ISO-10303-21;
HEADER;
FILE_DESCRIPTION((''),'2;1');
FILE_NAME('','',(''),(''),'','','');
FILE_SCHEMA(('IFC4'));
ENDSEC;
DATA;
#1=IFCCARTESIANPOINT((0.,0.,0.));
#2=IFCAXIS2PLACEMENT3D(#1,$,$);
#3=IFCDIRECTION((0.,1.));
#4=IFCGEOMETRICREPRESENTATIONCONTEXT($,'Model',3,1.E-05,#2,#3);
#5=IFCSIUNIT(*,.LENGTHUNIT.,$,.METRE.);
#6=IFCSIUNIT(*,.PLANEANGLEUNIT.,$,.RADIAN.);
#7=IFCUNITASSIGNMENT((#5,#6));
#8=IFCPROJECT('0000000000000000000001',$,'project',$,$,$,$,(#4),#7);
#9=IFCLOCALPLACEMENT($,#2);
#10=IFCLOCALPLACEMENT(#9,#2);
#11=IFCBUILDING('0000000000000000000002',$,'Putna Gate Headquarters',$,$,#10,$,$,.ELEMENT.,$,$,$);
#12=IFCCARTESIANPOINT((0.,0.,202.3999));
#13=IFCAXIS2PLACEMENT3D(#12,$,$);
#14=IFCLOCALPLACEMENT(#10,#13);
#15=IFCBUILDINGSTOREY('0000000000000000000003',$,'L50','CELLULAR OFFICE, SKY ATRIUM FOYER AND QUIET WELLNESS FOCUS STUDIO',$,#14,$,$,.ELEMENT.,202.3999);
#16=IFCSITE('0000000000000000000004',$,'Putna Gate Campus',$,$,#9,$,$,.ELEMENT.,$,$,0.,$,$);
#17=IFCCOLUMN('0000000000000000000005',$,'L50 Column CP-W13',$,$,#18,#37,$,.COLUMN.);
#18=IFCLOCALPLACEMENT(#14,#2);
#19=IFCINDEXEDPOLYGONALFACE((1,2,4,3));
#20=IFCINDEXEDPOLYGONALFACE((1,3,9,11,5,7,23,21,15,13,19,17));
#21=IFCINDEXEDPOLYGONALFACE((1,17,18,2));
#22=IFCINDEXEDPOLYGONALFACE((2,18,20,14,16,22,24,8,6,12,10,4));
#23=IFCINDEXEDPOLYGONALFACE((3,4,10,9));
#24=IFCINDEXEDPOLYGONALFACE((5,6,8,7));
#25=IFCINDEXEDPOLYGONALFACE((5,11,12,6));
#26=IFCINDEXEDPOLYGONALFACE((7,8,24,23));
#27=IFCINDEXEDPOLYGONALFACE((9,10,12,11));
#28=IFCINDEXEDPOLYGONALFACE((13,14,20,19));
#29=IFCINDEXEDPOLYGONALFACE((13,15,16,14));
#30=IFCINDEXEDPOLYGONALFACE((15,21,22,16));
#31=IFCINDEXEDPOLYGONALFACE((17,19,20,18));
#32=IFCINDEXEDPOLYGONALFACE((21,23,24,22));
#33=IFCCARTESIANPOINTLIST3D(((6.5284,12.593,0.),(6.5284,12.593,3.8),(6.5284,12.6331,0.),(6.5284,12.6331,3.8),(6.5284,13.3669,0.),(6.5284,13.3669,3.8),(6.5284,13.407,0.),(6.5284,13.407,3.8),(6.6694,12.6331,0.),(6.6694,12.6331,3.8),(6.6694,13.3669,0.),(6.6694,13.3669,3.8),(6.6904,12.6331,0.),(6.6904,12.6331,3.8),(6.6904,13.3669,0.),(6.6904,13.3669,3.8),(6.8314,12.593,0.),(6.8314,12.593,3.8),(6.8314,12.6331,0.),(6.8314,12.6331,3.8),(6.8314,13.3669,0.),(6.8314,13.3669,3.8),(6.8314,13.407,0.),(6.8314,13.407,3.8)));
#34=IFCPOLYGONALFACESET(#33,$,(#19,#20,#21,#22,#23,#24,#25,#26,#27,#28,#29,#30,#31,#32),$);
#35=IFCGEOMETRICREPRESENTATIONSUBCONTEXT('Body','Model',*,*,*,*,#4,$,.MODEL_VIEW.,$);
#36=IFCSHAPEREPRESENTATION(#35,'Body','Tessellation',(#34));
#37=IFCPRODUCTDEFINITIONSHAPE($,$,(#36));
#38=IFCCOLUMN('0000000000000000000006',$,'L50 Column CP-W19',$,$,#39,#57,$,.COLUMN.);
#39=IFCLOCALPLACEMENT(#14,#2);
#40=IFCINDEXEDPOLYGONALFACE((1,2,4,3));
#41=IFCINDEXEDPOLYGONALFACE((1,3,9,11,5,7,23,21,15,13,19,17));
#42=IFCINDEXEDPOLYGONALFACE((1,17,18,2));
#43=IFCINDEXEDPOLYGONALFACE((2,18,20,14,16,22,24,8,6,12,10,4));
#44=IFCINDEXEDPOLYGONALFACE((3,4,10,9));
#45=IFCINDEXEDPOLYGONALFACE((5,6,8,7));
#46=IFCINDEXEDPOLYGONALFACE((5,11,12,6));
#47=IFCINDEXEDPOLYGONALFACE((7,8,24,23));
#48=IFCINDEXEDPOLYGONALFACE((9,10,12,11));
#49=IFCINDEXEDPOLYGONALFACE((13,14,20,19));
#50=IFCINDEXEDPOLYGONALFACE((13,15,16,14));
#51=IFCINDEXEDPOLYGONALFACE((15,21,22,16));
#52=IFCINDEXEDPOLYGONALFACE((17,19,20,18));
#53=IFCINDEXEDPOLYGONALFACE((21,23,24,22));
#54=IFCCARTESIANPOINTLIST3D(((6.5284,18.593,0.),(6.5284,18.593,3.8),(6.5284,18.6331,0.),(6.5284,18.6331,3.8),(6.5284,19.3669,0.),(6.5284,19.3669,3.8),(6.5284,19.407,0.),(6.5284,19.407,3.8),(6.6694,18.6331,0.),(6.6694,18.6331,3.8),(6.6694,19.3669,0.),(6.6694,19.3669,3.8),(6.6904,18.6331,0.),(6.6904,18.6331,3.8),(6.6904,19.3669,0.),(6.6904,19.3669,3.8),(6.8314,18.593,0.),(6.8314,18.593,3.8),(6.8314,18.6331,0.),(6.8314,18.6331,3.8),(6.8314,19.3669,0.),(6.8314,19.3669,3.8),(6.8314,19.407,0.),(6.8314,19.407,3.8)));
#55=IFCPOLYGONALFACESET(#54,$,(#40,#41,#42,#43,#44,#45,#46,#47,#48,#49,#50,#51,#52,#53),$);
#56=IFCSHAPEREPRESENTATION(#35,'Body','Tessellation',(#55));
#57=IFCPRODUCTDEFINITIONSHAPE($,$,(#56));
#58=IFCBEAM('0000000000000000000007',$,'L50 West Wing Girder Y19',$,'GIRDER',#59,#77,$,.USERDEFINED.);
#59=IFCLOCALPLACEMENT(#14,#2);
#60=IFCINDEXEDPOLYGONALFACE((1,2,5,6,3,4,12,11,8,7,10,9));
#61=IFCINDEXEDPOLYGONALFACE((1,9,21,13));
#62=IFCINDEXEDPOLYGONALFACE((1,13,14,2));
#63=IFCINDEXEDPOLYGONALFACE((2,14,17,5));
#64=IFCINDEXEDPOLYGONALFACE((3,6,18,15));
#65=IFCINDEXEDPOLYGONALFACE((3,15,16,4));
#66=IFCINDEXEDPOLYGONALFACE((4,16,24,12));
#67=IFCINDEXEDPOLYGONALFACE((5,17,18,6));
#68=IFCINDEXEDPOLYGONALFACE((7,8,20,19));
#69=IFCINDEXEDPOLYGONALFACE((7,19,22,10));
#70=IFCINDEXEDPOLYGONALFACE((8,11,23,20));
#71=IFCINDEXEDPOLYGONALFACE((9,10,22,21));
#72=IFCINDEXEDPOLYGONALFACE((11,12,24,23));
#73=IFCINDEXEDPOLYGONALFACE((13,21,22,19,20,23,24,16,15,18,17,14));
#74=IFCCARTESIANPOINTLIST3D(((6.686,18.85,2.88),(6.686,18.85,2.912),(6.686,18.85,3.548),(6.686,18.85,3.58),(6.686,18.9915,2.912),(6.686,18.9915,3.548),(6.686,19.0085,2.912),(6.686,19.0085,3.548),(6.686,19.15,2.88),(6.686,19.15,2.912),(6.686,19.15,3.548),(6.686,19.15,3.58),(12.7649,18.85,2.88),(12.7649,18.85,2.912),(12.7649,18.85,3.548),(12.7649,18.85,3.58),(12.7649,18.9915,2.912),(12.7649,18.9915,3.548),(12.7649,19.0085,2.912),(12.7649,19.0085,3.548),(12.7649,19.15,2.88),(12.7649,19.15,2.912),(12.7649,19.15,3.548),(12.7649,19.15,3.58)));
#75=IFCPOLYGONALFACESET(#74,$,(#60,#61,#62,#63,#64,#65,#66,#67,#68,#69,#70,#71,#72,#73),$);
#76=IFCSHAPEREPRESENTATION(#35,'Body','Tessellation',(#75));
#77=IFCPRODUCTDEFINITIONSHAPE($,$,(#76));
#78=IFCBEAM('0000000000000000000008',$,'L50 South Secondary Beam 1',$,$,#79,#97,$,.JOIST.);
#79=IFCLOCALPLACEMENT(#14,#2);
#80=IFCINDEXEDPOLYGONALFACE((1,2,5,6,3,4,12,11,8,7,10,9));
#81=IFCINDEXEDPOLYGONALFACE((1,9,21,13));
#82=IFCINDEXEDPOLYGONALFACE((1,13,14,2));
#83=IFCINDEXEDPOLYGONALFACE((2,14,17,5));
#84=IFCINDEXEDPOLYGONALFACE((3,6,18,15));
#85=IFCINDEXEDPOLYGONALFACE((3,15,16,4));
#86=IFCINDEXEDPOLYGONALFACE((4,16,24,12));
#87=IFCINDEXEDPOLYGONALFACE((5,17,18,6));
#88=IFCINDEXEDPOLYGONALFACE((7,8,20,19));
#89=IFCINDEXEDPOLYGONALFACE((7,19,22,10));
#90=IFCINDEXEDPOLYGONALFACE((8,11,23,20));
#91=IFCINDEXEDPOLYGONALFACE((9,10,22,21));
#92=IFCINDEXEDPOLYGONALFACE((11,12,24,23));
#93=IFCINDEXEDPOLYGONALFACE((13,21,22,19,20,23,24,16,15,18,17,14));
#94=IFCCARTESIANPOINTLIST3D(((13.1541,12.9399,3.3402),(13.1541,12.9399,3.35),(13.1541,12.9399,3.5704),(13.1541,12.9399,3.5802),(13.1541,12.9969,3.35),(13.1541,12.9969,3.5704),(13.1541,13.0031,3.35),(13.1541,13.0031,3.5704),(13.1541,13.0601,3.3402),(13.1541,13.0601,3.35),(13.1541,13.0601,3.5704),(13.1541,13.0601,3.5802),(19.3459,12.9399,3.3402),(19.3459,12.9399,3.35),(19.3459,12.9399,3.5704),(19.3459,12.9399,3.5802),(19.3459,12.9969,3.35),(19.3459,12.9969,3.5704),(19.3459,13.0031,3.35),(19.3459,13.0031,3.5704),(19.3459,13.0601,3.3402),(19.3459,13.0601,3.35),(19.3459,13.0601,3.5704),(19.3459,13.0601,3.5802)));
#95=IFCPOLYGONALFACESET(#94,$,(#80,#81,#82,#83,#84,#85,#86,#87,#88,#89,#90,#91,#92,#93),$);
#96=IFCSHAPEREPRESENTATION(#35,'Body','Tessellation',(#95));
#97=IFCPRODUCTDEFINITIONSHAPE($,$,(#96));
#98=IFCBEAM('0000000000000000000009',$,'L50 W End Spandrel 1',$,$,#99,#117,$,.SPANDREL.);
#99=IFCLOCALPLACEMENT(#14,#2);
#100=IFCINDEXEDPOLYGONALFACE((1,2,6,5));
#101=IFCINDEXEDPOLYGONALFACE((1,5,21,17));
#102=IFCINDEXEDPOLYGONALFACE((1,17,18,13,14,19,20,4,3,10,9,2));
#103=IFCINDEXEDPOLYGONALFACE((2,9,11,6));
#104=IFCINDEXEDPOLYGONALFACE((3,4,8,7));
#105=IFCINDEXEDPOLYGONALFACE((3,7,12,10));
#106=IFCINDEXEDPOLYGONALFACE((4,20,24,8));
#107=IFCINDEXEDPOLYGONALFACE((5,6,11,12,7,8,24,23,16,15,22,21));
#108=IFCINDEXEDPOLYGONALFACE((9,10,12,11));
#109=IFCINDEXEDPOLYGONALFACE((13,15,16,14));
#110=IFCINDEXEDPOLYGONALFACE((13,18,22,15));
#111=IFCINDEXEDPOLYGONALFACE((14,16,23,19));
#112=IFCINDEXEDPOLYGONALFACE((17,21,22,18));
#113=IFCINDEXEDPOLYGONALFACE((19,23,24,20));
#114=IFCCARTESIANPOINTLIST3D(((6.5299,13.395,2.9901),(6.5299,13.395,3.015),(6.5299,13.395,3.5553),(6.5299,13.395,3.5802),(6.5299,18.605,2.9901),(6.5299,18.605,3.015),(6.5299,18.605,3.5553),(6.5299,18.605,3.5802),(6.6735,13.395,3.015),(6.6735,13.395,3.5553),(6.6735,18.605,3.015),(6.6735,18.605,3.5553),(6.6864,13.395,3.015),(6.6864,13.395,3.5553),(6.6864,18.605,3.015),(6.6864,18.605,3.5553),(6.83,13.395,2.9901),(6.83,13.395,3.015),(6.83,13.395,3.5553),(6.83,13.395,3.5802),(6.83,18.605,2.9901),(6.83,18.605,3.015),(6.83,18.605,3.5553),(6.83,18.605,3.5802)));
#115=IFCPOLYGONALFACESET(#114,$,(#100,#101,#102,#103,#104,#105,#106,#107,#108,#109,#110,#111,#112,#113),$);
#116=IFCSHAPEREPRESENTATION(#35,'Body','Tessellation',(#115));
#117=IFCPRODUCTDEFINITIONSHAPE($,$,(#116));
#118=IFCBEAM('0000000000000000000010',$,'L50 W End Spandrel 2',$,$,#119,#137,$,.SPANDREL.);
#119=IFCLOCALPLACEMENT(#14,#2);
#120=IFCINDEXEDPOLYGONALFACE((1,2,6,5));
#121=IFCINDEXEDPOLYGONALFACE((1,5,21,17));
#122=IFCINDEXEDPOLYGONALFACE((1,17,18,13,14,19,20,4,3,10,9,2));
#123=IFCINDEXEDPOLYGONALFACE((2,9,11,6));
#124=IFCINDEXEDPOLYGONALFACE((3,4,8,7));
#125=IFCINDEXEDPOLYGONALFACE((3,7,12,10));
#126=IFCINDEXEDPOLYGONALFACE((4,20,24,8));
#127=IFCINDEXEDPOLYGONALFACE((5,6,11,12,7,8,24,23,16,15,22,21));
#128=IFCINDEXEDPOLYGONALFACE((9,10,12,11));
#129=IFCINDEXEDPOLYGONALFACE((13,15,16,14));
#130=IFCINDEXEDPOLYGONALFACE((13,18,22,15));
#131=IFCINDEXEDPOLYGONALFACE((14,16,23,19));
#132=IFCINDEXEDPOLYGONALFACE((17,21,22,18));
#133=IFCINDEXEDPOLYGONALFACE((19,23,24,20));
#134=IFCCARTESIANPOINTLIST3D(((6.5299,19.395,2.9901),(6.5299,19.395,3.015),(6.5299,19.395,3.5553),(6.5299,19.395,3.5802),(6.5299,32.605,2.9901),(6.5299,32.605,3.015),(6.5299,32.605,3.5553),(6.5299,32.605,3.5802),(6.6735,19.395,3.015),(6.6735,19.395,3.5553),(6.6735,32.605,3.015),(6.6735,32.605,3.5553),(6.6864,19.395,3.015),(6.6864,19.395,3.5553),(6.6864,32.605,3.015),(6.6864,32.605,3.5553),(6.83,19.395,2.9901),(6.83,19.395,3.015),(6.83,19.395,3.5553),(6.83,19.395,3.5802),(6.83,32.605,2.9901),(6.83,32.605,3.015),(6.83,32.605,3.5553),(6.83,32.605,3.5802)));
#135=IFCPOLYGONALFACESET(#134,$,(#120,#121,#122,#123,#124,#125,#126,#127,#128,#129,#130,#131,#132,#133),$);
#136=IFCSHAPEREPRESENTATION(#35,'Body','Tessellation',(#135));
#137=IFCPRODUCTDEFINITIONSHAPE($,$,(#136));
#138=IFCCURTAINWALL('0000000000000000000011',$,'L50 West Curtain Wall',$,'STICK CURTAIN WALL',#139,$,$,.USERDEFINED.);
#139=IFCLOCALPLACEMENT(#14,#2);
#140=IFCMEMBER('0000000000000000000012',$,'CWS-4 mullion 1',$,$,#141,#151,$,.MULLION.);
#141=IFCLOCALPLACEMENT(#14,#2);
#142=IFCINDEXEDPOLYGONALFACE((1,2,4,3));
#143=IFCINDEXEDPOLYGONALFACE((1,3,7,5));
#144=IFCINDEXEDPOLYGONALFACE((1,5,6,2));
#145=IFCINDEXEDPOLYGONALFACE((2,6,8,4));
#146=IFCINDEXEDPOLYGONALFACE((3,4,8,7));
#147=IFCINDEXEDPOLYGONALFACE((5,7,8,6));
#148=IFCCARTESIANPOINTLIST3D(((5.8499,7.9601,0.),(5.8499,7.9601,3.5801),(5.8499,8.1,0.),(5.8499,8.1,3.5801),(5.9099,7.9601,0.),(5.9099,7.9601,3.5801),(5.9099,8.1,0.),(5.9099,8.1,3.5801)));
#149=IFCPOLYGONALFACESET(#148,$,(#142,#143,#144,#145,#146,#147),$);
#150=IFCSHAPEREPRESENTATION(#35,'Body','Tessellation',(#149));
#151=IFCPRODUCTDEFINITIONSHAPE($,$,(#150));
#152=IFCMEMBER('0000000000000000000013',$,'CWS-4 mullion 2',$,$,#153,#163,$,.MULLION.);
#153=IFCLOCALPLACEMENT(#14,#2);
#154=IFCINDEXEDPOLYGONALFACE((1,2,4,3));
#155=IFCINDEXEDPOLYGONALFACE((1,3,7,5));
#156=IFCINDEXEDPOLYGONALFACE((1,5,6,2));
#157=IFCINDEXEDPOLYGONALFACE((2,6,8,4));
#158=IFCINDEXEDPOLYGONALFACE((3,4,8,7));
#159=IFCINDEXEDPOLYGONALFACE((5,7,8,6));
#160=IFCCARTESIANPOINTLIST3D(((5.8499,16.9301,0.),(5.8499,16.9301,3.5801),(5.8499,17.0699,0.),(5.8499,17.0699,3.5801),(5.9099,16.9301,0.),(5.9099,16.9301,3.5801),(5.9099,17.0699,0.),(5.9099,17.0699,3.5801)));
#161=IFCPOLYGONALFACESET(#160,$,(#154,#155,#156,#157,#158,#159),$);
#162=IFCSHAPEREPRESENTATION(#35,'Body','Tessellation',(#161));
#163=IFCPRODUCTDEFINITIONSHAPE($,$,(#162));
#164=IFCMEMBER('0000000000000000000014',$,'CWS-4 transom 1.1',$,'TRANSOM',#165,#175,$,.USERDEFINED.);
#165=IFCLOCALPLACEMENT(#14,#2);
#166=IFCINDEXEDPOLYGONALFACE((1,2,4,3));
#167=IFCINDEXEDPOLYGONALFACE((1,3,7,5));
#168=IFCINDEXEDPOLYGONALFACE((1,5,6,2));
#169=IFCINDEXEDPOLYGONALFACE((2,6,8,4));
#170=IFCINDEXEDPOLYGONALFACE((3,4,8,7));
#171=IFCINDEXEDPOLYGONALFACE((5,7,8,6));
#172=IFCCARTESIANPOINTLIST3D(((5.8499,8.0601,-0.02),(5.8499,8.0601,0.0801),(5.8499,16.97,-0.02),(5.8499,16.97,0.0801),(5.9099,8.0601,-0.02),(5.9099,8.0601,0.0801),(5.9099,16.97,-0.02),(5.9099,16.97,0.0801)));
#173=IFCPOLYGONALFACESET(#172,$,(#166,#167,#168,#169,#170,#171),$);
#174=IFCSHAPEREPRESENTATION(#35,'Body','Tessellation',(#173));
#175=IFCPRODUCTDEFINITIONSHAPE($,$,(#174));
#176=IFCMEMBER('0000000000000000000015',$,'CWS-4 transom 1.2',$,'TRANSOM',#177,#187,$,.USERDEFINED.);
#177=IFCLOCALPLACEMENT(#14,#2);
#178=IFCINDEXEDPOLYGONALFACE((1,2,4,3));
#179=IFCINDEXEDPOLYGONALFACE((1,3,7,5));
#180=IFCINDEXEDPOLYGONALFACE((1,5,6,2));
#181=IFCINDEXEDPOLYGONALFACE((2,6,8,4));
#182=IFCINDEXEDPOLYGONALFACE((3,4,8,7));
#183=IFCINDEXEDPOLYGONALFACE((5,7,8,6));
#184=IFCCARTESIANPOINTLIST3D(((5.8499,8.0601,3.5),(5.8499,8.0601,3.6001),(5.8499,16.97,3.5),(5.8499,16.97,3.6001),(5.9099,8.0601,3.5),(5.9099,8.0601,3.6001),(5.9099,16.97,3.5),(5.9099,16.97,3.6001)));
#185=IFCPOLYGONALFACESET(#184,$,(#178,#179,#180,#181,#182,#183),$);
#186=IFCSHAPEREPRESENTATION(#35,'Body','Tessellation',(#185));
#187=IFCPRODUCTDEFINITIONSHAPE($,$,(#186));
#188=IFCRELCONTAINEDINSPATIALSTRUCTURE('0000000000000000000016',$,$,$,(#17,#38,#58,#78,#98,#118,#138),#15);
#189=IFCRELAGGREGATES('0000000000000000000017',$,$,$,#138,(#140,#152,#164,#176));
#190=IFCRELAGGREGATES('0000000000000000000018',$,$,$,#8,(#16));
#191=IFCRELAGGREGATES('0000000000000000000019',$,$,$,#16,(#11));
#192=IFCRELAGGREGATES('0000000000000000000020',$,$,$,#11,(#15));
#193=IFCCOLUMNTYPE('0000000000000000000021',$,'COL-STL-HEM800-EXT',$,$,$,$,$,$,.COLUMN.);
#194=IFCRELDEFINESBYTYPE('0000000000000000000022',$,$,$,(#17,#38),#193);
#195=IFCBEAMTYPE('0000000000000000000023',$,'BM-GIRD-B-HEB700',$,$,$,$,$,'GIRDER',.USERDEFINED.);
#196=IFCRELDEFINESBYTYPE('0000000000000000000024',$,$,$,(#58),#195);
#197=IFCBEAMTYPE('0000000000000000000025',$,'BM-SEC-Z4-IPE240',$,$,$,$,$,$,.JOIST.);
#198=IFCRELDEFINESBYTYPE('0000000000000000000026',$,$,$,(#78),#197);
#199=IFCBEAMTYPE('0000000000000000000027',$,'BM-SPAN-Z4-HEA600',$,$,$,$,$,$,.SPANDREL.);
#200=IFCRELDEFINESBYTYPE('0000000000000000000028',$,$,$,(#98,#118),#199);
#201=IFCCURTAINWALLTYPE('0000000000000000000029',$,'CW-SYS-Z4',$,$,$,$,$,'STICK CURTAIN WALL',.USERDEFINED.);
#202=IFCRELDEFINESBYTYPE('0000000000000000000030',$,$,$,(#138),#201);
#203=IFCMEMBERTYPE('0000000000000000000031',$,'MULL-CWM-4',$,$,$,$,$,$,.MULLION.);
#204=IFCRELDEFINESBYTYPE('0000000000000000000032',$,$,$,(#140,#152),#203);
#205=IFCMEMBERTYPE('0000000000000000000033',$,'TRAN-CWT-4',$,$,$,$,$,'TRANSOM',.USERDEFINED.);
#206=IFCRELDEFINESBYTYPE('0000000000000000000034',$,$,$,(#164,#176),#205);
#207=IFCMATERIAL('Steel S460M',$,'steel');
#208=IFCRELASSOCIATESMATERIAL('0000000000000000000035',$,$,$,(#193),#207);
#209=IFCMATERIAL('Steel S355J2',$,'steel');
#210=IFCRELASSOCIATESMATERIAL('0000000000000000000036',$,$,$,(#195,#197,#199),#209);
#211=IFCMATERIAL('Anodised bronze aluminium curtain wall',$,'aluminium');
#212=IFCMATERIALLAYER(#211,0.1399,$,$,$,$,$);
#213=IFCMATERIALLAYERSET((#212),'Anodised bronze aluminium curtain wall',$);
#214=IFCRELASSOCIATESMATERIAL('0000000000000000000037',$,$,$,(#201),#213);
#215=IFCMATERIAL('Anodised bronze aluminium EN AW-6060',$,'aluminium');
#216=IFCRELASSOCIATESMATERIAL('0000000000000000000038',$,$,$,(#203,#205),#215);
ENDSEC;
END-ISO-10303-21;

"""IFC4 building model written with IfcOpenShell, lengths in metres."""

from ifc_helpers import new_model, si_unit, direction, frame, origin, origin_2d, place, context, subcontext, project, spatial, rectangle, i_section, extrude, material, layer, layer_set, material_profile, profile_set, type_object, element, aggregate, save


model = new_model("IFC4")

# Units and contexts
model_context = context("Model", 3, precision=1e-05, world=origin(), true_north=direction((0.0, 1.0)))
body_context = subcontext(model_context, "Body", "Model", "MODEL_VIEW")
ifc_project = project(units=[si_unit("LENGTHUNIT", "METRE"), si_unit("PLANEANGLEUNIT", "RADIAN")], contexts=[model_context])

# Site, building, storey
site_placement = place(None, origin())
site = spatial("IfcSite", under=ifc_project, at=site_placement, Name="Putna Gate Campus", CompositionType="ELEMENT", RefElevation=0.0)
building_placement = place(site_placement, origin())
building = spatial("IfcBuilding", under=site, at=building_placement, Name="Putna Gate Headquarters", CompositionType="ELEMENT")
storey_placement = place(building_placement, frame((0.0, 0.0, 202.3999)))
storey = spatial("IfcBuildingStorey", under=building, at=storey_placement, Name="L50", Description="CELLULAR OFFICE, SKY ATRIUM FOYER AND QUIET WELLNESS FOCUS STUDIO", CompositionType="ELEMENT", Elevation=202.3999)

# Columns
ifc_material_1 = material(Name="Steel S460M", Category="steel")
ifc_material_profile_1 = material_profile(ifc_material_1, i_section(OverallWidth=0.303, OverallDepth=0.814, WebThickness=0.021, FlangeThickness=0.04, at=origin_2d()), Name="Steel S460M")
ifc_profile_set_1 = profile_set([ifc_material_profile_1], Name="Steel S460M")
column_type = type_object("IfcColumnType", Name="COL-STL-HEM800-EXT", PredefinedType="COLUMN", material=ifc_profile_set_1)
for number, where, z_axis, x_axis, name in (
    (1, (6.6799, 13.0, 0.0), (0.0, 0.0, 1.0), (1.0, 0.0, 0.0), "L50 Column CP-W13"),
    (2, (6.6799, 19.0, 0.0), (0.0, 0.0, 1.0), (1.0, 0.0, 0.0), "L50 Column CP-W19"),
):
    element("IfcColumn", number, at=place(storey_placement, frame(where, z_axis=z_axis, x_axis=x_axis)), inside=storey, type_object=column_type, Name=name, PredefinedType="COLUMN", context=body_context, shape_type="SweptSolid", body=[
        extrude(i_section(OverallWidth=0.303, OverallDepth=0.814, WebThickness=0.021, FlangeThickness=0.04, at=origin_2d()), origin(), (0.0, 0.0, 1.0), 3.8),
    ])

# Beams
ifc_material_2 = material(Name="Steel S355J2", Category="steel")
ifc_material_profile_2 = material_profile(ifc_material_2, i_section(OverallWidth=0.3, OverallDepth=0.7, WebThickness=0.0171, FlangeThickness=0.032, at=origin_2d()), Name="Steel S355J2")
ifc_profile_set_2 = profile_set([ifc_material_profile_2], Name="Steel S355J2")
beam_type_1 = type_object("IfcBeamType", Name="BM-GIRD-B-HEB700", ElementType="GIRDER", PredefinedType="USERDEFINED", material=ifc_profile_set_2)
beam_1_placement = place(storey_placement, frame((6.686, 19.0, 3.23), z_axis=(1.0, 0.0, 0.0), x_axis=(0.0, 1.0, 0.0)))
element("IfcBeam", 3, at=beam_1_placement, inside=storey, type_object=beam_type_1, Name="L50 West Wing Girder Y19", ObjectType="GIRDER", PredefinedType="USERDEFINED", context=body_context, shape_type="SweptSolid", body=[
    extrude(i_section(OverallWidth=0.3, OverallDepth=0.7, WebThickness=0.0171, FlangeThickness=0.032, at=origin_2d()), origin(), (0.0, 0.0, 1.0), 6.0789),
])
ifc_material_profile_3 = material_profile(ifc_material_2, i_section(OverallWidth=0.1201, OverallDepth=0.24, WebThickness=0.0061, FlangeThickness=0.0098, at=origin_2d()), Name="Steel S355J2")
ifc_profile_set_3 = profile_set([ifc_material_profile_3], Name="Steel S355J2")
beam_type_2 = type_object("IfcBeamType", Name="BM-SEC-Z4-IPE240", PredefinedType="JOIST", material=ifc_profile_set_3)
beam_2_placement = place(storey_placement, frame((13.1541, 13.0, 3.4602), z_axis=(1.0, 0.0, 0.0), x_axis=(0.0, 1.0, 0.0)))
element("IfcBeam", 4, at=beam_2_placement, inside=storey, type_object=beam_type_2, Name="L50 South Secondary Beam 1", PredefinedType="JOIST", context=body_context, shape_type="SweptSolid", body=[
    extrude(i_section(OverallWidth=0.1201, OverallDepth=0.24, WebThickness=0.0061, FlangeThickness=0.0098, at=origin_2d()), origin(), (0.0, 0.0, 1.0), 6.1919),
])
ifc_material_profile_4 = material_profile(ifc_material_2, i_section(OverallWidth=0.3, OverallDepth=0.5901, WebThickness=0.0129, FlangeThickness=0.0249, at=origin_2d()), Name="Steel S355J2")
ifc_profile_set_4 = profile_set([ifc_material_profile_4], Name="Steel S355J2")
beam_type_3 = type_object("IfcBeamType", Name="BM-SPAN-Z4-HEA600", PredefinedType="SPANDREL", material=ifc_profile_set_4)
beam_3_placement = place(storey_placement, frame((6.6799, 13.395, 3.2852), z_axis=(0.0, 1.0, 0.0), x_axis=(-1.0, 0.0, 0.0)))
element("IfcBeam", 5, at=beam_3_placement, inside=storey, type_object=beam_type_3, Name="L50 W End Spandrel 1", PredefinedType="SPANDREL", context=body_context, shape_type="SweptSolid", body=[
    extrude(i_section(OverallWidth=0.3, OverallDepth=0.5901, WebThickness=0.0129, FlangeThickness=0.0249, at=origin_2d()), origin(), (0.0, 0.0, 1.0), 5.21),
])
beam_4_placement = place(storey_placement, frame((6.6799, 19.395, 3.2852), z_axis=(0.0, 1.0, 0.0), x_axis=(-1.0, 0.0, 0.0)))
element("IfcBeam", 6, at=beam_4_placement, inside=storey, type_object=beam_type_3, Name="L50 W End Spandrel 2", PredefinedType="SPANDREL", context=body_context, shape_type="SweptSolid", body=[
    extrude(i_section(OverallWidth=0.3, OverallDepth=0.5901, WebThickness=0.0129, FlangeThickness=0.0249, at=origin_2d()), origin(), (0.0, 0.0, 1.0), 13.21),
])

# Curtain wall, members
ifc_material_3 = material(Name="Anodised bronze aluminium curtain wall", Category="aluminium")
ifc_layer_1 = layer(ifc_material_3, 0.1399)
ifc_layer_set_1 = layer_set([ifc_layer_1], Name="Anodised bronze aluminium curtain wall")
curtain_wall_type = type_object("IfcCurtainWallType", Name="CW-SYS-Z4", ElementType="STICK CURTAIN WALL", PredefinedType="USERDEFINED", material=ifc_layer_set_1)
curtain_wall_placement = place(storey_placement, origin())
curtain_wall = element("IfcCurtainWall", 7, at=curtain_wall_placement, inside=storey, type_object=curtain_wall_type, Name="L50 West Curtain Wall", ObjectType="STICK CURTAIN WALL", PredefinedType="USERDEFINED")
ifc_material_4 = material(Name="Anodised bronze aluminium EN AW-6060", Category="aluminium")
ifc_material_profile_5 = material_profile(ifc_material_4, rectangle(XDim=0.0601, YDim=0.1399, at=origin_2d()), Name="Anodised bronze aluminium EN AW-6060")
ifc_profile_set_5 = profile_set([ifc_material_profile_5], Name="Anodised bronze aluminium EN AW-6060")
member_type_1 = type_object("IfcMemberType", Name="MULL-CWM-4", PredefinedType="MULLION", material=ifc_profile_set_5)
member_1_placement = place(storey_placement, frame((5.8799, 8.03, 0.0), z_axis=(0.0, 0.0, 1.0), x_axis=(-1.0, 0.0, 0.0)))
member_1 = element("IfcMember", 8, at=member_1_placement, type_object=member_type_1, Name="CWS-4 mullion 1", PredefinedType="MULLION", context=body_context, shape_type="SweptSolid", body=[
    extrude(rectangle(XDim=0.0601, YDim=0.1399, at=origin_2d()), origin(), (0.0, 0.0, 1.0), 3.5801),
])
member_2_placement = place(storey_placement, frame((5.8799, 17.0, 0.0), z_axis=(0.0, 0.0, 1.0), x_axis=(-1.0, 0.0, 0.0)))
member_2 = element("IfcMember", 9, at=member_2_placement, type_object=member_type_1, Name="CWS-4 mullion 2", PredefinedType="MULLION", context=body_context, shape_type="SweptSolid", body=[
    extrude(rectangle(XDim=0.0601, YDim=0.1399, at=origin_2d()), origin(), (0.0, 0.0, 1.0), 3.5801),
])
ifc_material_profile_6 = material_profile(ifc_material_4, rectangle(XDim=0.0601, YDim=0.1001, at=origin_2d()), Name="Anodised bronze aluminium EN AW-6060")
ifc_profile_set_6 = profile_set([ifc_material_profile_6], Name="Anodised bronze aluminium EN AW-6060")
member_type_2 = type_object("IfcMemberType", Name="TRAN-CWT-4", ElementType="TRANSOM", PredefinedType="USERDEFINED", material=ifc_profile_set_6)
member_3_placement = place(storey_placement, frame((5.8799, 8.0601, 0.03), z_axis=(0.0, 1.0, 0.0), x_axis=(-1.0, 0.0, 0.0)))
member_3 = element("IfcMember", 10, at=member_3_placement, type_object=member_type_2, Name="CWS-4 transom 1.1", ObjectType="TRANSOM", PredefinedType="USERDEFINED", context=body_context, shape_type="SweptSolid", body=[
    extrude(rectangle(XDim=0.0601, YDim=0.1001, at=origin_2d()), origin(), (0.0, 0.0, 1.0), 8.9099),
])
member_4_placement = place(storey_placement, frame((5.8799, 8.0601, 3.55), z_axis=(0.0, 1.0, 0.0), x_axis=(-1.0, 0.0, 0.0)))
member_4 = element("IfcMember", 11, at=member_4_placement, type_object=member_type_2, Name="CWS-4 transom 1.2", ObjectType="TRANSOM", PredefinedType="USERDEFINED", context=body_context, shape_type="SweptSolid", body=[
    extrude(rectangle(XDim=0.0601, YDim=0.1001, at=origin_2d()), origin(), (0.0, 0.0, 1.0), 8.9099),
])
aggregate(curtain_wall, [member_1, member_2, member_3, member_4])

save(model, "model.ifc")
